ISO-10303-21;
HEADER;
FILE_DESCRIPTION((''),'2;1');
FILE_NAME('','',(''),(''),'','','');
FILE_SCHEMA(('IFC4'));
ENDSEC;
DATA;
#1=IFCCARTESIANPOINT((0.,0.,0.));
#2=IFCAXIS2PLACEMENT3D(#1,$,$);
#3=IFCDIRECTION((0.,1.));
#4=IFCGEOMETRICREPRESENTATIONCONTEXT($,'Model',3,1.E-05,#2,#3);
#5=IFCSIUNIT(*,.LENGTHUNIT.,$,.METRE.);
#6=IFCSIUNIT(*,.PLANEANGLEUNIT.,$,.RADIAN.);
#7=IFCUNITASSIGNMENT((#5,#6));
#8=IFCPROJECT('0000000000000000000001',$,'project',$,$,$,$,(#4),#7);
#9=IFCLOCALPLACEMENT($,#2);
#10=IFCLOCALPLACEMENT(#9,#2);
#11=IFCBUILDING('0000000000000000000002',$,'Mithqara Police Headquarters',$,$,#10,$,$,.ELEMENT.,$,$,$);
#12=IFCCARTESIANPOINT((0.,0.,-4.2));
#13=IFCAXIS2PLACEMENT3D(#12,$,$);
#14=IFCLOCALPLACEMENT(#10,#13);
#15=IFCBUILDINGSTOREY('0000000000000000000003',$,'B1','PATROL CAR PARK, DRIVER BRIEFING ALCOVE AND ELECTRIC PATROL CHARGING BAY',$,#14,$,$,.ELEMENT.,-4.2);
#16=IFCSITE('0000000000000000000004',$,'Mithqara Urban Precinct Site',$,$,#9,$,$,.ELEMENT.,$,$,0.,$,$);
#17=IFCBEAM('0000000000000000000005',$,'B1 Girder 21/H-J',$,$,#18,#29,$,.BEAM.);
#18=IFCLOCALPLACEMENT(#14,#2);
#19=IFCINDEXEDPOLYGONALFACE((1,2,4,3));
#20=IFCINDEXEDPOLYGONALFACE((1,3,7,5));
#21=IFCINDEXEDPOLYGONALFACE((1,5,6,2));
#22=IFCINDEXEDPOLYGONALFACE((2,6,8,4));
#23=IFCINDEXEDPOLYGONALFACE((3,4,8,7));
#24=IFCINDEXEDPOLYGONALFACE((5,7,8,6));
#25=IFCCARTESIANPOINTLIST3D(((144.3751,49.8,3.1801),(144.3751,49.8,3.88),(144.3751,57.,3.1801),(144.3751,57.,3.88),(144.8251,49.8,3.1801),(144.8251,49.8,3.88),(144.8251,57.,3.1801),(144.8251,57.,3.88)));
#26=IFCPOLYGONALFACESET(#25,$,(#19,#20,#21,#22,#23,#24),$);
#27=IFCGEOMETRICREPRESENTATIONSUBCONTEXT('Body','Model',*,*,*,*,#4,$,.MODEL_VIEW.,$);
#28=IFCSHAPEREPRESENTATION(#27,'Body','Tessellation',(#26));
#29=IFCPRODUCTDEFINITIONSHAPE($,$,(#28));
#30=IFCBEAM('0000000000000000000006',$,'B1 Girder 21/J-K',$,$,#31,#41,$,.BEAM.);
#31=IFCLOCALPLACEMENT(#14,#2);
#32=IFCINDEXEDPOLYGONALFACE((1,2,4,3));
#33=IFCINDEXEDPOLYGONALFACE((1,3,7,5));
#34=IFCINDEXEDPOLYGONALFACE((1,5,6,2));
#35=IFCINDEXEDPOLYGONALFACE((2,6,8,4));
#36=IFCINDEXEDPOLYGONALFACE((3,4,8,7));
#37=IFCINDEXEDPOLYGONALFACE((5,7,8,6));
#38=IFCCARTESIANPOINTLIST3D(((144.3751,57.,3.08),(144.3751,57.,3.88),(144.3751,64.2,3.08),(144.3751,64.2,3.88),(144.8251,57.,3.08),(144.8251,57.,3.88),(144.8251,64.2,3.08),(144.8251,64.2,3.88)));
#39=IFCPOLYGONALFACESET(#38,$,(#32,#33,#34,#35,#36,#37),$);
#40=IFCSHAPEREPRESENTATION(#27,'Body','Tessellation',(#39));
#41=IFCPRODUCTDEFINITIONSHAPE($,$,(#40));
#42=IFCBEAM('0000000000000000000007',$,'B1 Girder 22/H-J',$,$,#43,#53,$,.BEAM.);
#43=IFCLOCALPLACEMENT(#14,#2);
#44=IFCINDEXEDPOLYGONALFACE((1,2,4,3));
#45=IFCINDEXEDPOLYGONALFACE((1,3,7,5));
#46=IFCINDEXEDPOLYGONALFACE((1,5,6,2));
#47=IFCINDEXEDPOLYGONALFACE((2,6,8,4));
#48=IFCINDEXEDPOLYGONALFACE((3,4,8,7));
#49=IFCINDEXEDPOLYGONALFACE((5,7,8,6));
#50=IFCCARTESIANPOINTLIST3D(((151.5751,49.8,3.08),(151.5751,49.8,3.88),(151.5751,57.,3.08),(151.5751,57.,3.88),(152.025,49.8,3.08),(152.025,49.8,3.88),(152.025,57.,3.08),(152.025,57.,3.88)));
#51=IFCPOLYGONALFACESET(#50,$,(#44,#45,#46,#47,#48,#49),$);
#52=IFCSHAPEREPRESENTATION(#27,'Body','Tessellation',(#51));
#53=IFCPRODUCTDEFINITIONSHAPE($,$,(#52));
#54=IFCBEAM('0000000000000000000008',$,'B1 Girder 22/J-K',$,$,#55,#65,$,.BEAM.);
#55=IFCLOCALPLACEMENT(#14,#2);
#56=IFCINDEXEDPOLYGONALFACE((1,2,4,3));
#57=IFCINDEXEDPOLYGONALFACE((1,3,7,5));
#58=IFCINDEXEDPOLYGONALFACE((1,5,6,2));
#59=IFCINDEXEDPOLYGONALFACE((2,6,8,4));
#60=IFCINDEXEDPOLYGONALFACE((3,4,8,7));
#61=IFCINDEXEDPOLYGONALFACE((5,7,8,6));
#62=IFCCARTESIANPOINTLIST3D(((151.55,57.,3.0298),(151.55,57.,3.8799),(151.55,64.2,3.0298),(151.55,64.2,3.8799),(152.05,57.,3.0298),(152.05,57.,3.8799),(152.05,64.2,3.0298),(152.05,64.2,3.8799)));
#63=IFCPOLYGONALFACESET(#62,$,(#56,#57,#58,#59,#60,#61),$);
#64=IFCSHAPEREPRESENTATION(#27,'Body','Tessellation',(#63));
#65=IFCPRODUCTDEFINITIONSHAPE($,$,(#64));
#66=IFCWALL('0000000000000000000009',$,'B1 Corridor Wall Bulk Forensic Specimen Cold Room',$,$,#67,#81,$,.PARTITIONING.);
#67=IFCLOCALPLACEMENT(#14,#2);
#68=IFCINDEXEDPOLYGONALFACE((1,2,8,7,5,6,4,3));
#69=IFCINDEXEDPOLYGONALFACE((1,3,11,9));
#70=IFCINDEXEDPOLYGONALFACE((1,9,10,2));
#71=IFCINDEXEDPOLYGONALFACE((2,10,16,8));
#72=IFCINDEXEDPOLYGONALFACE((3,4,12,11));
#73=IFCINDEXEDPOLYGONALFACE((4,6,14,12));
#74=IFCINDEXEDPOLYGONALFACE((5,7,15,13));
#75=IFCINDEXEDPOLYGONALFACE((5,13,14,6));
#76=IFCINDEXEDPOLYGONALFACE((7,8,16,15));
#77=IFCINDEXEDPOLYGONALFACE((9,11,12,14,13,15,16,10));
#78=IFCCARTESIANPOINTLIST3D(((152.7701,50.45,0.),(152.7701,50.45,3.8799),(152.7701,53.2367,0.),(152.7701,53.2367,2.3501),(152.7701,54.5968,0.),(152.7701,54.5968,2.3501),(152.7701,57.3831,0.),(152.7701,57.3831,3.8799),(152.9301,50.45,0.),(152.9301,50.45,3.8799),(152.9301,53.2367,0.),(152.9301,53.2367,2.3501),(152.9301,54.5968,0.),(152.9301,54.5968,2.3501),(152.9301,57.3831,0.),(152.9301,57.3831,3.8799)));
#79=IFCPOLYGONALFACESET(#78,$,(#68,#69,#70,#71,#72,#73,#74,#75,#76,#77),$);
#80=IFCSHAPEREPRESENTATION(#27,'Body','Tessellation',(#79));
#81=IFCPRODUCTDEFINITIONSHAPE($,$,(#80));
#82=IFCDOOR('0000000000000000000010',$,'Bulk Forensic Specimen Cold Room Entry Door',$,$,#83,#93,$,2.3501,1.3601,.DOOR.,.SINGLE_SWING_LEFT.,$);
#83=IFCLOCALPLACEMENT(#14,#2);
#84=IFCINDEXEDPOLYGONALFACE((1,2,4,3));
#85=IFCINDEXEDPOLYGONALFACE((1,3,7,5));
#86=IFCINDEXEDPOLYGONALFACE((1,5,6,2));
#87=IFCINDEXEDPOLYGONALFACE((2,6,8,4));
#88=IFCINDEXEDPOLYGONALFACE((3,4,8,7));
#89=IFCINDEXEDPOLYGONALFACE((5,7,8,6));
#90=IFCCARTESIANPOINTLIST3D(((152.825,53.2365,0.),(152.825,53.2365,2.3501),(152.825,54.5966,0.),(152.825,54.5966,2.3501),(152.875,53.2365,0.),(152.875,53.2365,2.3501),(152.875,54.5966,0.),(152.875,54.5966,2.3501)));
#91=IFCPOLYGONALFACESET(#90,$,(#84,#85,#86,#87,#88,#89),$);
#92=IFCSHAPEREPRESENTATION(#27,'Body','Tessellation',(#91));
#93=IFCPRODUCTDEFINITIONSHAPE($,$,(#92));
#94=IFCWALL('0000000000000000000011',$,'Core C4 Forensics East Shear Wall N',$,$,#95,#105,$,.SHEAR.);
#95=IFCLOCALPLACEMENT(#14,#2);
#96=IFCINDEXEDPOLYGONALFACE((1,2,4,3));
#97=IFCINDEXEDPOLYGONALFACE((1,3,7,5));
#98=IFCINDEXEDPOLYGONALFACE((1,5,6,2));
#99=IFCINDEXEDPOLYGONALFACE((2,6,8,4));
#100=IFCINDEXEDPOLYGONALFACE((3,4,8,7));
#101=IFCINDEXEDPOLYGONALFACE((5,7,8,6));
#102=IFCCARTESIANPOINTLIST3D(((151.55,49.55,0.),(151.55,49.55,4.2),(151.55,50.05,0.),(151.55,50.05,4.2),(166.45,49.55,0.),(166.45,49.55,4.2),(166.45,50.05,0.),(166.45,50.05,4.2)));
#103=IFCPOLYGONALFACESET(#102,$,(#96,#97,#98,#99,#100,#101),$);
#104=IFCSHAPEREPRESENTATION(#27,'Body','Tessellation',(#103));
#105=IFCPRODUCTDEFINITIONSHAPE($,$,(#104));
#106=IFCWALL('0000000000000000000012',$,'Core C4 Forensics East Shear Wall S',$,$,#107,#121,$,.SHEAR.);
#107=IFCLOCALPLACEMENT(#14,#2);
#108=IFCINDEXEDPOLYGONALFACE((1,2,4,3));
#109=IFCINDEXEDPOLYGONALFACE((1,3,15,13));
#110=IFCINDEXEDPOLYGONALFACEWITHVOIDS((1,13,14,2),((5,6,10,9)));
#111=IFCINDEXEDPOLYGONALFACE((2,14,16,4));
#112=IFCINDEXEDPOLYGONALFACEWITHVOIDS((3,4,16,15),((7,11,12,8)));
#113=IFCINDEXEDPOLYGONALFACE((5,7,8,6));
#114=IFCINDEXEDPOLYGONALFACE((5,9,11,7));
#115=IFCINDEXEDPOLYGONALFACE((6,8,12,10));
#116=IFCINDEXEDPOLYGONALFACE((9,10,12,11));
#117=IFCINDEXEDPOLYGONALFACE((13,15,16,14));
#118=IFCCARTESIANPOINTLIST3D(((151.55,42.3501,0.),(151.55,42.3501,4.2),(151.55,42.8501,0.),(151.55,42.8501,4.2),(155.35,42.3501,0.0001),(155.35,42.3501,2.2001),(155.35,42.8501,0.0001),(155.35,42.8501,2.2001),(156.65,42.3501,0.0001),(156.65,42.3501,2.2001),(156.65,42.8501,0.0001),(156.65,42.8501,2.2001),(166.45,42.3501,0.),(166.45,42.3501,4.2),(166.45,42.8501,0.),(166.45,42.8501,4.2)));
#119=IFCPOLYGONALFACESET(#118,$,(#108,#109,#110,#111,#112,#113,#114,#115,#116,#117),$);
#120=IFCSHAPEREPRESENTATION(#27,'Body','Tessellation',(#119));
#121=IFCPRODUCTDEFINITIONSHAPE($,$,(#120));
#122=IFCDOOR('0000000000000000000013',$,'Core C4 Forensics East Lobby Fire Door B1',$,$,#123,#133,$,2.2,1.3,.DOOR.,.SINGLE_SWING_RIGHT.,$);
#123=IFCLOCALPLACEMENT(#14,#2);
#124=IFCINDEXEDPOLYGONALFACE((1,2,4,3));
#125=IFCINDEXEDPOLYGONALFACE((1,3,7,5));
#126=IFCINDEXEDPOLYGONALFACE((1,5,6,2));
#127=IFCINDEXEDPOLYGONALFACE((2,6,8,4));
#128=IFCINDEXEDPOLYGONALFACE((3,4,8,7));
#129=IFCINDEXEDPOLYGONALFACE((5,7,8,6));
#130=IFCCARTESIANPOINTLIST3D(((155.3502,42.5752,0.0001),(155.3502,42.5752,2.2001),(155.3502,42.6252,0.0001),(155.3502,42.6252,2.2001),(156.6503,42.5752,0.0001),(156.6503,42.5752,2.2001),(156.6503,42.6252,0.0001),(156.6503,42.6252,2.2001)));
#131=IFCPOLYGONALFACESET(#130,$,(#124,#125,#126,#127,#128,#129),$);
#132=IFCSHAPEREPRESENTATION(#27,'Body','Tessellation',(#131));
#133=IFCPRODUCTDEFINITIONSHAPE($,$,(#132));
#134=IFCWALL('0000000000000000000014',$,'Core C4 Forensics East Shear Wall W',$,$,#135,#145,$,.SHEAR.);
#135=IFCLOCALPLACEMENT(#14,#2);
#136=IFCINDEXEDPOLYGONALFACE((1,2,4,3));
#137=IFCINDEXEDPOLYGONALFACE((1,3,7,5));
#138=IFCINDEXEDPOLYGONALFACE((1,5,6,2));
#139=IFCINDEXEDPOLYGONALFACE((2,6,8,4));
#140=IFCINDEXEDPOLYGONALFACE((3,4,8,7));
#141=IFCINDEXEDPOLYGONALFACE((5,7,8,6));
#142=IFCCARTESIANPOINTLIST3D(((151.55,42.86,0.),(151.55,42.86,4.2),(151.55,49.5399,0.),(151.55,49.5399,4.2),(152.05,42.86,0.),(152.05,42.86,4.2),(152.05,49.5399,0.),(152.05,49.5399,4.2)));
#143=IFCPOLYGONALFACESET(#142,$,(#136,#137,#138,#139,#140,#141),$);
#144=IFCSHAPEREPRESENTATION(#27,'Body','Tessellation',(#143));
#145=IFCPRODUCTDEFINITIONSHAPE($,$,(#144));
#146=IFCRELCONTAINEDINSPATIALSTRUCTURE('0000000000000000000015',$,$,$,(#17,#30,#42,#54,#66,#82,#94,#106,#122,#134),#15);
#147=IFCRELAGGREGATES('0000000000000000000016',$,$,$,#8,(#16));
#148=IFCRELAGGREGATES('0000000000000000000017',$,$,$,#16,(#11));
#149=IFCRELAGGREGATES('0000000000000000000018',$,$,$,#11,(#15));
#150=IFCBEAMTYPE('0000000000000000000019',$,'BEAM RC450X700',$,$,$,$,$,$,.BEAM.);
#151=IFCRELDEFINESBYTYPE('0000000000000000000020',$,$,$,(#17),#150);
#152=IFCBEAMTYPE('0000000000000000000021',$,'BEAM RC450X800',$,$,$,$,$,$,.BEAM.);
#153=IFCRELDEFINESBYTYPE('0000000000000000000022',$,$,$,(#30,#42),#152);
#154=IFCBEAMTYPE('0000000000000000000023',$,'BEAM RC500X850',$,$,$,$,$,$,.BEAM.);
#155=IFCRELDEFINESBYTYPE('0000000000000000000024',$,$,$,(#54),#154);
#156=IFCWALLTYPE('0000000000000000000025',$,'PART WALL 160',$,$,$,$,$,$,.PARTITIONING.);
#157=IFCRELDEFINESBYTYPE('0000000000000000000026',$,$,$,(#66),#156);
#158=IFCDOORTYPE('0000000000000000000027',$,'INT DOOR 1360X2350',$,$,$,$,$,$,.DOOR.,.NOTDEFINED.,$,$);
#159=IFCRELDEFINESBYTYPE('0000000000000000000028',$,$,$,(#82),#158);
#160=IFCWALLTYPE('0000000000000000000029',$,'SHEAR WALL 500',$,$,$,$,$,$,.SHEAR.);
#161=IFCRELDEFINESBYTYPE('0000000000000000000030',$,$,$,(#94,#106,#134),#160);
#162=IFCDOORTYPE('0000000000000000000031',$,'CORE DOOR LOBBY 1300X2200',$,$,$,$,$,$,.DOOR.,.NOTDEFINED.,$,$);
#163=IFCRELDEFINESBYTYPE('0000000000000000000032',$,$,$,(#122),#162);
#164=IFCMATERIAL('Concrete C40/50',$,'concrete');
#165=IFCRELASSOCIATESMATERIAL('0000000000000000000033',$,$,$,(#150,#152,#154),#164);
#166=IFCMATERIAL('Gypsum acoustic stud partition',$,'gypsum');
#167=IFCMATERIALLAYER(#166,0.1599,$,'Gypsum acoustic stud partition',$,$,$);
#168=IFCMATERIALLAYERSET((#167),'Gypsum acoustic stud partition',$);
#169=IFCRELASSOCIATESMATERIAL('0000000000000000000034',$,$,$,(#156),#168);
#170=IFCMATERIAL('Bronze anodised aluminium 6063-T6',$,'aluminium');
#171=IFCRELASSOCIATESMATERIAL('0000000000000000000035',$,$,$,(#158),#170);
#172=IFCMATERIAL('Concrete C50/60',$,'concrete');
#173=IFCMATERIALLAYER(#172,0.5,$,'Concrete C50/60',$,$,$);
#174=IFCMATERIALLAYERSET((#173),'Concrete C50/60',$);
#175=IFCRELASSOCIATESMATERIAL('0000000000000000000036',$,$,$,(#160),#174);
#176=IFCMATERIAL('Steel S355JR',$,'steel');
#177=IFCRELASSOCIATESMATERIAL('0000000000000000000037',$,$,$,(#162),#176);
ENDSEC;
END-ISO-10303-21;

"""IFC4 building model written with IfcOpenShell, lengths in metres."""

from ifc_helpers import new_model, si_unit, direction, frame, frame_2d, origin, origin_2d, place, context, subcontext, project, spatial, rectangle, extrude, material, layer, layer_set, material_profile, profile_set, type_object, element, fill, save


model = new_model("IFC4")

# Units and contexts
model_context = context("Model", 3, precision=1e-05, world=origin(), true_north=direction((0.0, 1.0)))
body_context = subcontext(model_context, "Body", "Model", "MODEL_VIEW")
ifc_project = project(units=[si_unit("LENGTHUNIT", "METRE"), si_unit("PLANEANGLEUNIT", "RADIAN")], contexts=[model_context])

# Site, building, storey
site_placement = place(None, origin())
site = spatial("IfcSite", under=ifc_project, at=site_placement, Name="Mithqara Urban Precinct Site", CompositionType="ELEMENT", RefElevation=0.0)
building_placement = place(site_placement, origin())
building = spatial("IfcBuilding", under=site, at=building_placement, Name="Mithqara Police Headquarters", CompositionType="ELEMENT")
storey_placement = place(building_placement, frame((0.0, 0.0, -4.2)))
storey = spatial("IfcBuildingStorey", under=building, at=storey_placement, Name="B1", Description="PATROL CAR PARK, DRIVER BRIEFING ALCOVE AND ELECTRIC PATROL CHARGING BAY", CompositionType="ELEMENT", Elevation=-4.2)

# Shared definitions
ifc_material_1 = material(Name="Concrete C50/60", Category="concrete")

# Beams
ifc_material_2 = material(Name="Steel S355JR", Category="steel")
ifc_material_3 = material(Name="Concrete C40/50", Category="concrete")
ifc_material_profile_1 = material_profile(ifc_material_3, rectangle(XDim=0.45, YDim=0.7, at=origin_2d()), Name="RC 450x700")
ifc_profile_set_1 = profile_set([ifc_material_profile_1], Name="Concrete C40/50")
beam_type_1 = type_object("IfcBeamType", Name="BEAM RC450X700", PredefinedType="BEAM", material=ifc_profile_set_1)
beam_1_placement = place(storey_placement, frame((144.6001, 49.8, 3.53), z_axis=(0.0, 1.0, 0.0), x_axis=(-1.0, 0.0, 0.0)))
element("IfcBeam", 1, at=beam_1_placement, inside=storey, type_object=beam_type_1, Name="B1 Girder 21/H-J", PredefinedType="BEAM", context=body_context, shape_type="SweptSolid", body=[
    extrude(rectangle(XDim=0.45, YDim=0.7, at=origin_2d()), origin(), (0.0, 0.0, 1.0), 7.2),
])
ifc_material_profile_2 = material_profile(ifc_material_3, rectangle(XDim=0.45, YDim=0.8, at=origin_2d()), Name="RC 450x800")
ifc_profile_set_2 = profile_set([ifc_material_profile_2], Name="Concrete C40/50")
beam_type_2 = type_object("IfcBeamType", Name="BEAM RC450X800", PredefinedType="BEAM", material=ifc_profile_set_2)
for number, where, z_axis, x_axis, name in (
    (2, (144.6001, 57.0, 3.48), (0.0, 1.0, 0.0), (-1.0, 0.0, 0.0), "B1 Girder 21/J-K"),
    (3, (151.8, 49.8, 3.48), (0.0, 1.0, 0.0), (-1.0, 0.0, 0.0), "B1 Girder 22/H-J"),
):
    element("IfcBeam", number, at=place(storey_placement, frame(where, z_axis=z_axis, x_axis=x_axis)), inside=storey, type_object=beam_type_2, Name=name, PredefinedType="BEAM", context=body_context, shape_type="SweptSolid", body=[
        extrude(rectangle(XDim=0.45, YDim=0.8, at=origin_2d()), origin(), (0.0, 0.0, 1.0), 7.2),
    ])
ifc_material_profile_3 = material_profile(ifc_material_3, rectangle(XDim=0.5, YDim=0.8501, at=origin_2d()), Name="RC 500x850")
ifc_profile_set_3 = profile_set([ifc_material_profile_3], Name="Concrete C40/50")
beam_type_3 = type_object("IfcBeamType", Name="BEAM RC500X850", PredefinedType="BEAM", material=ifc_profile_set_3)
beam_2_placement = place(storey_placement, frame((151.8, 57.0, 3.4548), z_axis=(0.0, 1.0, 0.0), x_axis=(-1.0, 0.0, 0.0)))
element("IfcBeam", 4, at=beam_2_placement, inside=storey, type_object=beam_type_3, Name="B1 Girder 22/J-K", PredefinedType="BEAM", context=body_context, shape_type="SweptSolid", body=[
    extrude(rectangle(XDim=0.5, YDim=0.8501, at=origin_2d()), origin(), (0.0, 0.0, 1.0), 7.2),
])

# Shared definitions
ifc_material_4 = material(Name="Gypsum acoustic stud partition", Category="gypsum")
ifc_layer_1 = layer(ifc_material_4, 0.1599, Name="Gypsum acoustic stud partition")
ifc_layer_set_1 = layer_set([ifc_layer_1], Name="Gypsum acoustic stud partition")
wall_type_1 = type_object("IfcWallType", Name="PART WALL 160", PredefinedType="PARTITIONING", material=ifc_layer_set_1)

# Wall, opening, door
wall_1_placement = place(storey_placement, frame((152.8501, 50.45, 0.0), z_axis=(0.0, 0.0, 1.0), x_axis=(0.0, 1.0, 0.0)))
wall_1 = element("IfcWall", 5, at=wall_1_placement, inside=storey, type_object=wall_type_1, Name="B1 Corridor Wall Bulk Forensic Specimen Cold Room", PredefinedType="PARTITIONING", context=body_context, shape_type="SweptSolid", body=[
    extrude(rectangle(XDim=6.9331, YDim=0.1599, at=frame_2d((3.4666, 0.0))), origin(), (0.0, 0.0, 1.0), 3.8799),
])
opening_1_placement = place(wall_1_placement, frame((2.7866, 0.0, 0.0)))
opening_1 = element("IfcOpeningElement", 6, at=opening_1_placement, cuts=wall_1, PredefinedType="OPENING", context=body_context, shape_type="SweptSolid", body=[
    extrude(rectangle(XDim=1.3601, YDim=2.3501, at=frame_2d((0.6802, 1.175))), frame((0.0, 0.0898, 0.0), z_axis=(0.0, -1.0, 0.0), x_axis=(1.0, 0.0, 0.0)), (0.0, 0.0, 1.0), 0.1799),
])
ifc_material_5 = material(Name="Bronze anodised aluminium 6063-T6", Category="aluminium")
door_type_1 = type_object("IfcDoorType", Name="INT DOOR 1360X2350", OperationType="NOTDEFINED", PredefinedType="DOOR", material=ifc_material_5)
door_1_placement = place(opening_1_placement, frame((1.3601, 0.0, 0.0), z_axis=(0.0, 0.0, 1.0), x_axis=(-1.0, 0.0, 0.0)))
door_1 = element("IfcDoor", 7, at=door_1_placement, inside=storey, type_object=door_type_1, Name="Bulk Forensic Specimen Cold Room Entry Door", OperationType="SINGLE_SWING_LEFT", OverallHeight=2.3501, OverallWidth=1.3601, PredefinedType="DOOR", context=body_context, shape_type="SweptSolid", body=[
    extrude(rectangle(XDim=1.3601, YDim=2.3501, at=frame_2d((0.6802, 1.175))), frame((0.0, 0.0249, 0.0), z_axis=(0.0, -1.0, 0.0), x_axis=(1.0, 0.0, 0.0)), (0.0, 0.0, 1.0), 0.05),
])
fill(opening_1, door_1)

# Wall
ifc_layer_2 = layer(ifc_material_1, 0.5, Name="Concrete C50/60")
ifc_layer_set_2 = layer_set([ifc_layer_2], Name="Concrete C50/60")
wall_type_2 = type_object("IfcWallType", Name="SHEAR WALL 500", PredefinedType="SHEAR", material=ifc_layer_set_2)
wall_2_placement = place(storey_placement, frame((151.55, 49.8, 0.0), z_axis=(0.0, 0.0, 1.0), x_axis=(1.0, 0.0, 0.0)))
element("IfcWall", 8, at=wall_2_placement, inside=storey, type_object=wall_type_2, Name="Core C4 Forensics East Shear Wall N", PredefinedType="SHEAR", context=body_context, shape_type="SweptSolid", body=[
    extrude(rectangle(XDim=14.8999, YDim=0.5, at=frame_2d((7.45, 0.0))), origin(), (0.0, 0.0, 1.0), 4.2),
])

# Wall, opening, door
wall_3_placement = place(storey_placement, frame((151.55, 42.6001, 0.0), z_axis=(0.0, 0.0, 1.0), x_axis=(1.0, 0.0, 0.0)))
wall_3 = element("IfcWall", 9, at=wall_3_placement, inside=storey, type_object=wall_type_2, Name="Core C4 Forensics East Shear Wall S", PredefinedType="SHEAR", context=body_context, shape_type="SweptSolid", body=[
    extrude(rectangle(XDim=14.8999, YDim=0.5, at=frame_2d((7.45, 0.0))), origin(), (0.0, 0.0, 1.0), 4.2),
])
opening_2_placement = place(wall_3_placement, frame((3.8, 0.0, 0.0)))
opening_2 = element("IfcOpeningElement", 10, at=opening_2_placement, cuts=wall_3, PredefinedType="OPENING", context=body_context, shape_type="SweptSolid", body=[
    extrude(rectangle(XDim=1.3, YDim=2.2, at=frame_2d((0.6499, 1.1001))), frame((0.0, 0.26, 0.0), z_axis=(0.0, -1.0, 0.0), x_axis=(1.0, 0.0, 0.0)), (0.0, 0.0, 1.0), 0.52),
])
door_type_2 = type_object("IfcDoorType", Name="CORE DOOR LOBBY 1300X2200", OperationType="NOTDEFINED", PredefinedType="DOOR", material=ifc_material_2)
door_2_placement = place(opening_2_placement, frame((1.3, 0.0, 0.0), z_axis=(0.0, 0.0, 1.0), x_axis=(-1.0, 0.0, 0.0)))
door_2 = element("IfcDoor", 11, at=door_2_placement, inside=storey, type_object=door_type_2, Name="Core C4 Forensics East Lobby Fire Door B1", OperationType="SINGLE_SWING_RIGHT", OverallHeight=2.2, OverallWidth=1.3, PredefinedType="DOOR", context=body_context, shape_type="SweptSolid", body=[
    extrude(rectangle(XDim=1.3, YDim=2.2, at=frame_2d((0.6499, 1.1001))), frame((0.0, 0.0249, 0.0), z_axis=(0.0, -1.0, 0.0), x_axis=(1.0, 0.0, 0.0)), (0.0, 0.0, 1.0), 0.05),
])
fill(opening_2, door_2)

# Wall
wall_4_placement = place(storey_placement, frame((151.8, 42.8601, 0.0), z_axis=(0.0, 0.0, 1.0), x_axis=(0.0, 1.0, 0.0)))
element("IfcWall", 12, at=wall_4_placement, inside=storey, type_object=wall_type_2, Name="Core C4 Forensics East Shear Wall W", PredefinedType="SHEAR", context=body_context, shape_type="SweptSolid", body=[
    extrude(rectangle(XDim=6.6799, YDim=0.5, at=frame_2d((3.3398, 0.0))), origin(), (0.0, 0.0, 1.0), 4.2),
])

save(model, "model.ifc")
